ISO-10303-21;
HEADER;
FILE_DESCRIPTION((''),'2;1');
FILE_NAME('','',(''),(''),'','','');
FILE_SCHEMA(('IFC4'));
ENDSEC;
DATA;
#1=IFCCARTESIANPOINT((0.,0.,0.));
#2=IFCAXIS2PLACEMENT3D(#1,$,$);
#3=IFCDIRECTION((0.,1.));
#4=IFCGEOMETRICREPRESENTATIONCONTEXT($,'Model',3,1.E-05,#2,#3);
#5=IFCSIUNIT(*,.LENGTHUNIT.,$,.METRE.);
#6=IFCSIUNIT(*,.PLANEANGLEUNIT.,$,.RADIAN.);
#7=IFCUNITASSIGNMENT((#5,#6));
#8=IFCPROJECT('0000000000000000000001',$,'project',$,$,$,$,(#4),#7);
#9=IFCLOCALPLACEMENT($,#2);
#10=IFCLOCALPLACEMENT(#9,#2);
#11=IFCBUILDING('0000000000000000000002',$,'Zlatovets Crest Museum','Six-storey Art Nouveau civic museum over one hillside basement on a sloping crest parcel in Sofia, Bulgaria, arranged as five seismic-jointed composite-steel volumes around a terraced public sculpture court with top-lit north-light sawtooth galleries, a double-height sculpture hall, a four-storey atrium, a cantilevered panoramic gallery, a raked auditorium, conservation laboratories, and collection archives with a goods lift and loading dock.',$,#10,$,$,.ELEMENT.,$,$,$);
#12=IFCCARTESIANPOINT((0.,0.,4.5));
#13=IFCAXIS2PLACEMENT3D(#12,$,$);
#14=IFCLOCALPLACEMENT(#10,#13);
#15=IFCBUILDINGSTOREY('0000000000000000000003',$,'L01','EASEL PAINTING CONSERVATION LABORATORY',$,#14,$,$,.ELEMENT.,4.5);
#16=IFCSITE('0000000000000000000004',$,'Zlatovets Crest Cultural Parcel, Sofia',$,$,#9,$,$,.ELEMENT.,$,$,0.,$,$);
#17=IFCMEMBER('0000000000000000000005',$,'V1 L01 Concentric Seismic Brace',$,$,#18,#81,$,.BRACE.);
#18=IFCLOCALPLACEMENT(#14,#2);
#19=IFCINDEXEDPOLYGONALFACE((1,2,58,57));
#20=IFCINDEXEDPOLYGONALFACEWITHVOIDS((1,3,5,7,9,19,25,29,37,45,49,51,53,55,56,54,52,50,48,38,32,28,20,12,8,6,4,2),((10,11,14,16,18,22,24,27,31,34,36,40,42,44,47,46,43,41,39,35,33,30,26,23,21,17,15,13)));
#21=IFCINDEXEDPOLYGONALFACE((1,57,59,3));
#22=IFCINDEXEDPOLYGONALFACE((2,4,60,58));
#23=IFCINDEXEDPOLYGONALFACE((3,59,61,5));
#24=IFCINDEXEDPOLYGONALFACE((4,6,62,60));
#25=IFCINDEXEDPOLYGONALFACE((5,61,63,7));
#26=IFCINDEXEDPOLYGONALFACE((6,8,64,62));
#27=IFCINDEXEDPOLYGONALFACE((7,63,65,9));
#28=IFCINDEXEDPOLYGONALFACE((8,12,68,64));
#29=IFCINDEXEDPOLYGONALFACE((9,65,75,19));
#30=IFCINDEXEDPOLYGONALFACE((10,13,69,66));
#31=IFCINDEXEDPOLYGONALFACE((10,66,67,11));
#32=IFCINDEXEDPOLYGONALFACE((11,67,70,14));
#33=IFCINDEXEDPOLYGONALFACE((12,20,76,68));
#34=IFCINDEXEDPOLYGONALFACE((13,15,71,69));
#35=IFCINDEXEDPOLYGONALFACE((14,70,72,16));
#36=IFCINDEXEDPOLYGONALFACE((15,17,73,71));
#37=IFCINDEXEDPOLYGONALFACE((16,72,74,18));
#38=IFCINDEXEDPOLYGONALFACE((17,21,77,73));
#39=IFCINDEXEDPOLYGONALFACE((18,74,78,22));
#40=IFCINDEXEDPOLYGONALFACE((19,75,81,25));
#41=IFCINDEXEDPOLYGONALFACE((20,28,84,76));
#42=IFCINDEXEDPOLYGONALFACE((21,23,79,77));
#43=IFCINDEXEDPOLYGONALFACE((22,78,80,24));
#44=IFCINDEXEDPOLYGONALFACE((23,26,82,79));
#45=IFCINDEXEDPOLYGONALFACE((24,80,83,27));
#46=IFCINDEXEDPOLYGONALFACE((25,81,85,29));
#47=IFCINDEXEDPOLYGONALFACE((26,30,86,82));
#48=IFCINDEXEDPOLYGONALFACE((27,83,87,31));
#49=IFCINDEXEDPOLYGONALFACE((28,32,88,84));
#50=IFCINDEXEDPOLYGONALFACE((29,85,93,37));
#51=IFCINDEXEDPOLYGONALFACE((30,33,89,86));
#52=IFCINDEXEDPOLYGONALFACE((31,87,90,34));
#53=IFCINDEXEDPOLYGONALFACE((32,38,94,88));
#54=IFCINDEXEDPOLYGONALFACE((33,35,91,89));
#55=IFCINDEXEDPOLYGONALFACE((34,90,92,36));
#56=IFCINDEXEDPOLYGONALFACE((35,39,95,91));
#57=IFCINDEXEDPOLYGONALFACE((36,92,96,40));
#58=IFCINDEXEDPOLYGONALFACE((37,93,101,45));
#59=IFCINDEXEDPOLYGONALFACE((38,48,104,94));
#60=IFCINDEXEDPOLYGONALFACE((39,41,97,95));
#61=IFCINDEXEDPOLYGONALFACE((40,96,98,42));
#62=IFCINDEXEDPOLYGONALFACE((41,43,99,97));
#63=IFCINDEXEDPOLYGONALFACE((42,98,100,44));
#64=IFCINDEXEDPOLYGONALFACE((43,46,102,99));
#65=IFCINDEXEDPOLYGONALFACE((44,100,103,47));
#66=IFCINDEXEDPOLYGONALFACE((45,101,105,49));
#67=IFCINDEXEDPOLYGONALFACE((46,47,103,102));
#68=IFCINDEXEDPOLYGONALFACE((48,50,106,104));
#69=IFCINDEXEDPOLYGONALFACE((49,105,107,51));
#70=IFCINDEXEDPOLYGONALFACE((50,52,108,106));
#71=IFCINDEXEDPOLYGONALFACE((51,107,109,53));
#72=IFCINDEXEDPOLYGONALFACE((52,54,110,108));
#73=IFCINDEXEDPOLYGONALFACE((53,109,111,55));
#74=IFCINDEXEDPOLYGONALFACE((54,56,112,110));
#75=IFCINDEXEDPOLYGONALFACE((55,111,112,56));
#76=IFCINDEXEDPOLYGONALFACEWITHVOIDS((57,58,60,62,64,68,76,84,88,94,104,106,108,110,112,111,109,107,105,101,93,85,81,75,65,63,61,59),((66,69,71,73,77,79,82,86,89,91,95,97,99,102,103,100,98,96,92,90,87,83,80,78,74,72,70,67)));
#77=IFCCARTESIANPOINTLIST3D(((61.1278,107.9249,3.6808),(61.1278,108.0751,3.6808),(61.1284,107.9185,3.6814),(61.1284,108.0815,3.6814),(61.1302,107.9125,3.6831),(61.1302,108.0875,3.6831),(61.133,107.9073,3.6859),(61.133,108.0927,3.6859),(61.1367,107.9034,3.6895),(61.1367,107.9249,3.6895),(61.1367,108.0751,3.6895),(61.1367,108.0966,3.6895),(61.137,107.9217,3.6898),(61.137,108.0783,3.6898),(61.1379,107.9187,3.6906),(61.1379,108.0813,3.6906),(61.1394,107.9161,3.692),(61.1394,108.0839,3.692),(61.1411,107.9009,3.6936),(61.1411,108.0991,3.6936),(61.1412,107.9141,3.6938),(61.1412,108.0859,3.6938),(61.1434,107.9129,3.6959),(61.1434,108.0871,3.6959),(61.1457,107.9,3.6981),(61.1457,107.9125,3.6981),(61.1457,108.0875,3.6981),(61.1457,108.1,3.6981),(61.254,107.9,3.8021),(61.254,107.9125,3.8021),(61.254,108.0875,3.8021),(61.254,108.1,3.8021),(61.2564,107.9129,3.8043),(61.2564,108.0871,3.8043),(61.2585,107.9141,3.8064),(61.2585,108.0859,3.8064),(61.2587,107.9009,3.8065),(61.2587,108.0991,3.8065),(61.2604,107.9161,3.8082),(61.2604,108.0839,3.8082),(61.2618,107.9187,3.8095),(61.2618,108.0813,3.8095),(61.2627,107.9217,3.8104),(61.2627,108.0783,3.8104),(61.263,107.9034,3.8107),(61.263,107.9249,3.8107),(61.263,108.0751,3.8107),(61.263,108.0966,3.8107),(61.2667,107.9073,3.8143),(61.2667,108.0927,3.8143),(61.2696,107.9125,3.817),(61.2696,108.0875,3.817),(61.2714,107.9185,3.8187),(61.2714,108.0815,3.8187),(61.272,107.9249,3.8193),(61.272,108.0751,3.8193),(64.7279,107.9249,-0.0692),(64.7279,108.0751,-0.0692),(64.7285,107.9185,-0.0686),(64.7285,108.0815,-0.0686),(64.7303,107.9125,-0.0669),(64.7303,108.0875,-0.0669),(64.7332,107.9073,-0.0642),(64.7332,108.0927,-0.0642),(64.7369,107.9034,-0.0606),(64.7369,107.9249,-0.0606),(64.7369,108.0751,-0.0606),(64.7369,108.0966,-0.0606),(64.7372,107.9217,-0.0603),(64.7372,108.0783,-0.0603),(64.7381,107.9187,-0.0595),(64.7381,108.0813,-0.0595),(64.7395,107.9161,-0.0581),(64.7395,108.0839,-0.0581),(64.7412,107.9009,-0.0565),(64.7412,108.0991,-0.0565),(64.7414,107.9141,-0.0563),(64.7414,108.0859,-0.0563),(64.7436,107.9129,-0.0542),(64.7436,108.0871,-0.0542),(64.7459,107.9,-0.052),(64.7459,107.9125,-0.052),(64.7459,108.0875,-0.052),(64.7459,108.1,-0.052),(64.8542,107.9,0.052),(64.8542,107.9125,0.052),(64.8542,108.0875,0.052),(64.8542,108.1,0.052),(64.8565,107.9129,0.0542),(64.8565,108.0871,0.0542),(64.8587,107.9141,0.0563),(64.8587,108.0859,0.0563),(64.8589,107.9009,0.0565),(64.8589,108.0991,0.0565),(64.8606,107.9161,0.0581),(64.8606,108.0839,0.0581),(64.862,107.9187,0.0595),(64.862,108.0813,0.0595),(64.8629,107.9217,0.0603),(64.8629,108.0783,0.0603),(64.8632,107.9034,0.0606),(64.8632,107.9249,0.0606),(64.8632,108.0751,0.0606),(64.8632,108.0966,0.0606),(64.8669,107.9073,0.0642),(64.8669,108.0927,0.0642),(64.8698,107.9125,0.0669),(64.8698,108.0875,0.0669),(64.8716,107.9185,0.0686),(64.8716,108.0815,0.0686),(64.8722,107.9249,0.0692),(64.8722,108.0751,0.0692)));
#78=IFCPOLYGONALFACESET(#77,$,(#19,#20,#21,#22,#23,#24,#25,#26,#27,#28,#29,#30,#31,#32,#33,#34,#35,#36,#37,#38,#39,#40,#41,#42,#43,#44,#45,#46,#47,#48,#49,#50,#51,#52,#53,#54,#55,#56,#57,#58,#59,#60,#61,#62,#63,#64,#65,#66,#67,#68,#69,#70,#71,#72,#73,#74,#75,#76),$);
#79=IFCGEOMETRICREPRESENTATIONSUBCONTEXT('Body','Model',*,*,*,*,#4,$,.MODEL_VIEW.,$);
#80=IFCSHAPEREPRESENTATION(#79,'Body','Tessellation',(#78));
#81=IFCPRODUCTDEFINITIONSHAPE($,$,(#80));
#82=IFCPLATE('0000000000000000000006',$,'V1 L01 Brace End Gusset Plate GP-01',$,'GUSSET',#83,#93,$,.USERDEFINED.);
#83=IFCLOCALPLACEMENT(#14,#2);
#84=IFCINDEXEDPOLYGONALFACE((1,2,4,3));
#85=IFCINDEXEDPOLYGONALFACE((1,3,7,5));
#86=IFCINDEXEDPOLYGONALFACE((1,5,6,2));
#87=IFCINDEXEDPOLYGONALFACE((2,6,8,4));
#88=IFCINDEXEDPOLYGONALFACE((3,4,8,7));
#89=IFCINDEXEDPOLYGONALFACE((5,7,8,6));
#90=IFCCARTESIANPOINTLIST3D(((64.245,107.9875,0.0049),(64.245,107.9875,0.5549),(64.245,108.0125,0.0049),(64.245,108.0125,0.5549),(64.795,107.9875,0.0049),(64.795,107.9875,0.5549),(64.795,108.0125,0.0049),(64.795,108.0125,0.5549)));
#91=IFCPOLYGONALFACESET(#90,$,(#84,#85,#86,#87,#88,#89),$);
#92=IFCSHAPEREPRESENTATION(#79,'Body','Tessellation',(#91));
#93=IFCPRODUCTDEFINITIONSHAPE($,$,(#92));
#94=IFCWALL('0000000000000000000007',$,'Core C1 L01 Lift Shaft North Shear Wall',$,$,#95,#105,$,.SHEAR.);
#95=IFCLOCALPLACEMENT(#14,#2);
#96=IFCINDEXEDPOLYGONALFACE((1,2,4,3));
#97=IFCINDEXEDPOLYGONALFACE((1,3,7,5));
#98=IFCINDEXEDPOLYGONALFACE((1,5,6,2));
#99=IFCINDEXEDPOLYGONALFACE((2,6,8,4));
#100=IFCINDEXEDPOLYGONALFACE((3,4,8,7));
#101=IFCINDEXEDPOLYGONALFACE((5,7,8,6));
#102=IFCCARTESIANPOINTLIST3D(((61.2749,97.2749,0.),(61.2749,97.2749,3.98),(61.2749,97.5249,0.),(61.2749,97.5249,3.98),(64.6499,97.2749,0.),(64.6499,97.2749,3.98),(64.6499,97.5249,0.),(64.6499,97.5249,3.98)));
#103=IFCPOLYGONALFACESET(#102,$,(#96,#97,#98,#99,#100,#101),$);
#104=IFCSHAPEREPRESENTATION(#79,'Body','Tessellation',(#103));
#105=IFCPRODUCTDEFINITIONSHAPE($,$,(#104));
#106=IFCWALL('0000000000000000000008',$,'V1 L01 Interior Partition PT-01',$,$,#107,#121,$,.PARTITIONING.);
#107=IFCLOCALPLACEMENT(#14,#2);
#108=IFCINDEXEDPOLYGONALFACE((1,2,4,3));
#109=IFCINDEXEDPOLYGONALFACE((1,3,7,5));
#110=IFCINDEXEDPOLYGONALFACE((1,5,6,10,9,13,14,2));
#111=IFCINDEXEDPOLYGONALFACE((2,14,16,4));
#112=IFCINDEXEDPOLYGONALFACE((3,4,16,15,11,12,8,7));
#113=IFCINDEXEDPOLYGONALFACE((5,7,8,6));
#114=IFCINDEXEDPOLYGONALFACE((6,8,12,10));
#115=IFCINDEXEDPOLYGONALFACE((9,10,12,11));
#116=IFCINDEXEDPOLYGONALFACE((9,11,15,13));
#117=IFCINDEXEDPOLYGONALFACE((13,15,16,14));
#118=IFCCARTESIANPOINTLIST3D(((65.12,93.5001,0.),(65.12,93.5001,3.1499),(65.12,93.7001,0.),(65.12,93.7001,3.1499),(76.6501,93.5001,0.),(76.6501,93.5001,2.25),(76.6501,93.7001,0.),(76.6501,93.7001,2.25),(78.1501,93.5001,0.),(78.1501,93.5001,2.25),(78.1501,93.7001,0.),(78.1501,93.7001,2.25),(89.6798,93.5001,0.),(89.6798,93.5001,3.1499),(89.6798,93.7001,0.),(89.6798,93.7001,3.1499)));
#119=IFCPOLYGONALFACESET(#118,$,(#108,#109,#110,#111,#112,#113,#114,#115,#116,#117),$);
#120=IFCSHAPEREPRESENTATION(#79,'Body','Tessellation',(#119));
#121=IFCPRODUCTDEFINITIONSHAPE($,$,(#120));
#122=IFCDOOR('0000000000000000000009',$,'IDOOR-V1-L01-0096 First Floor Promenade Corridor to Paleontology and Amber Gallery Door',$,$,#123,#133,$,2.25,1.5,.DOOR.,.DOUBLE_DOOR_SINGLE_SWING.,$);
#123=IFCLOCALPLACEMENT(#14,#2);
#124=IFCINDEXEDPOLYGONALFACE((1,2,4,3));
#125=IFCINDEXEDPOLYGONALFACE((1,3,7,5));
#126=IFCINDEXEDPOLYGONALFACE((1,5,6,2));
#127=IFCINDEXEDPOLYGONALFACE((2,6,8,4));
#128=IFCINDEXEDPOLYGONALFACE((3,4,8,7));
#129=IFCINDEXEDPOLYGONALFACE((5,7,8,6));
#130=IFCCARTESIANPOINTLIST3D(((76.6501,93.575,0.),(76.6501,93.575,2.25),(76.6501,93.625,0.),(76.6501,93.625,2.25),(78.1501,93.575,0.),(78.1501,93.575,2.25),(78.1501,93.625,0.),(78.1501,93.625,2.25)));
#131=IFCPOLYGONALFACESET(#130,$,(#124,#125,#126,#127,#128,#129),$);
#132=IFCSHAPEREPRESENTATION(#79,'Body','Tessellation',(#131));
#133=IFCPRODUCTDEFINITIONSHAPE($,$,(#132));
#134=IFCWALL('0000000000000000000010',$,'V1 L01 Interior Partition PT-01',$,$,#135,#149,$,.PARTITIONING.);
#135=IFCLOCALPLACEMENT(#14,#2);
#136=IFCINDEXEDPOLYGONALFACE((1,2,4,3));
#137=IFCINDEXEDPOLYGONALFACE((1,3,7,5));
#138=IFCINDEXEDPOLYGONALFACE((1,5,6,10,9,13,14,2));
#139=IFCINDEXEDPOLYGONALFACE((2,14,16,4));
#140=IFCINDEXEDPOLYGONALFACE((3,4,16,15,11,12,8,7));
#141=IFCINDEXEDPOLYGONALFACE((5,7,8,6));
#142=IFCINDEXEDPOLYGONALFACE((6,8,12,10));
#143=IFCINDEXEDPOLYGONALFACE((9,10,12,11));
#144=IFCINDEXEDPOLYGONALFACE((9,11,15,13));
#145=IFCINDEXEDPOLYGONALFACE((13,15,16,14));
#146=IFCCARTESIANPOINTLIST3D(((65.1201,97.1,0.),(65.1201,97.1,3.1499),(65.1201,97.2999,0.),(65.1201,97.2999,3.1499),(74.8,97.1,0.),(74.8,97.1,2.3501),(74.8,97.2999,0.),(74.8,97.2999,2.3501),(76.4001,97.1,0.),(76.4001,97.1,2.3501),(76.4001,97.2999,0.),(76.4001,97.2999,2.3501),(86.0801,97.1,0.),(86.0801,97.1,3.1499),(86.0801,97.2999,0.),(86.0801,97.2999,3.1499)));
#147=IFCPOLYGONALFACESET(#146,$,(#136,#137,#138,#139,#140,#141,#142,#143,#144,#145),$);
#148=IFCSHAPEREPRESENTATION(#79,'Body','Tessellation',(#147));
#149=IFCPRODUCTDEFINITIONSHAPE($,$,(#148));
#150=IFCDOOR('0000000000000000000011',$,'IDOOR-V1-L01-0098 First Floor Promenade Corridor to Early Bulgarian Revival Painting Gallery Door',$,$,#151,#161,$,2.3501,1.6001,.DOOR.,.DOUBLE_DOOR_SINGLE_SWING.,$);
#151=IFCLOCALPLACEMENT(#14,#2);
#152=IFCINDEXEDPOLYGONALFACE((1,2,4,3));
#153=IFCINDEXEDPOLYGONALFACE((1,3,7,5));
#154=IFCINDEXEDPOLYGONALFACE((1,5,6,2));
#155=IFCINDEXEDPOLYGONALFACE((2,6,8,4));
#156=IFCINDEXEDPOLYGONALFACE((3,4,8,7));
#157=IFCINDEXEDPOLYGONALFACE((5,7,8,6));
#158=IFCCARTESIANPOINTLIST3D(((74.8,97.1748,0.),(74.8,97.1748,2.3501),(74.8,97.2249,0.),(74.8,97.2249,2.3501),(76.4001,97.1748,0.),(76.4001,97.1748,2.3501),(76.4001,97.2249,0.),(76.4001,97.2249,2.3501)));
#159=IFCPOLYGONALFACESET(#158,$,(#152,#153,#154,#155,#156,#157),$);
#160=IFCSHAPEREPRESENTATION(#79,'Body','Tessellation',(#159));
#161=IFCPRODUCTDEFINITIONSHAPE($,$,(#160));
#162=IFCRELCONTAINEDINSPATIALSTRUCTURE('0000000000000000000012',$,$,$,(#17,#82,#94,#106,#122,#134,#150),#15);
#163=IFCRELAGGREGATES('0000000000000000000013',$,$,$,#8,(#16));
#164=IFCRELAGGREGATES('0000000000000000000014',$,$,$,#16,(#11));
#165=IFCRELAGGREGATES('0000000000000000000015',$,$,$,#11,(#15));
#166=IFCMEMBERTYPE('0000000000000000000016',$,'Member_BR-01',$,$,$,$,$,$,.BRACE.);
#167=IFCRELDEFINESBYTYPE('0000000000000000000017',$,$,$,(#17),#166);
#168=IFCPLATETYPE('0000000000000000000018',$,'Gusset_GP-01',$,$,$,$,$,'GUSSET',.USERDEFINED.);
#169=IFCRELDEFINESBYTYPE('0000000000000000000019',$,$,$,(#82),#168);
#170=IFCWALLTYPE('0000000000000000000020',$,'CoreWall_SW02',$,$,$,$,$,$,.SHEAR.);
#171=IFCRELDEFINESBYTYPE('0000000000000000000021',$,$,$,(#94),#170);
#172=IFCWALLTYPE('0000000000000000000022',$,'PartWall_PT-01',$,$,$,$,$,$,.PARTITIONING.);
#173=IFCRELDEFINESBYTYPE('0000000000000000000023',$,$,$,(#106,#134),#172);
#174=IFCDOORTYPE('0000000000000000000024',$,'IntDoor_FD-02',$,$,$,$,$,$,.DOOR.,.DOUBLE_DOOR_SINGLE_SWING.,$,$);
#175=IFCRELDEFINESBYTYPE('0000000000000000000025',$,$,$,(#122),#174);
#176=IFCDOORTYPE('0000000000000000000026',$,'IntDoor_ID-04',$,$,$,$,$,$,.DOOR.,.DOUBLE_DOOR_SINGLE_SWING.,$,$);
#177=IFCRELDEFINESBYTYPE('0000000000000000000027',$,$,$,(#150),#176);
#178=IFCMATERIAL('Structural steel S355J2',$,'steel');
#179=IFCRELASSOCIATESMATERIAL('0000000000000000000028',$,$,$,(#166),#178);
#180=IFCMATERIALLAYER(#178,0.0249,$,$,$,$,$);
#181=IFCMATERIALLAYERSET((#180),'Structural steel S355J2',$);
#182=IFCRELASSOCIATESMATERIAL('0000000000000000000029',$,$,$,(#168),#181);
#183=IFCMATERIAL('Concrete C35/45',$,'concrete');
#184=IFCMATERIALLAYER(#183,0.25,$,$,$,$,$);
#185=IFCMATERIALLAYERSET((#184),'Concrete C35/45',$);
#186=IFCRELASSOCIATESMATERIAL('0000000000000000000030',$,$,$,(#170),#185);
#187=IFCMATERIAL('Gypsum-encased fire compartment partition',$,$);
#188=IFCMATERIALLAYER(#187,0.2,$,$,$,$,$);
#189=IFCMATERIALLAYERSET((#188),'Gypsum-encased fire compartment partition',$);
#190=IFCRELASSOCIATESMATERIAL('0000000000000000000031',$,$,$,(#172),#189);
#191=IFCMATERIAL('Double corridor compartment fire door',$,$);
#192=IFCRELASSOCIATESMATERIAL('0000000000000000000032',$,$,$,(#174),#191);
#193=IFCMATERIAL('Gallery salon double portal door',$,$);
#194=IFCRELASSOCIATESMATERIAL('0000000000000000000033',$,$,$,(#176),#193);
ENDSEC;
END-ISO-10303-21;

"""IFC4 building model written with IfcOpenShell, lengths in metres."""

from ifc_helpers import new_model, si_unit, direction, frame, frame_2d, origin, origin_2d, place, context, subcontext, project, spatial, rectangle, hollow_rectangle, extrude, material, layer, layer_set, material_profile, profile_set, type_object, element, fill, save


model = new_model("IFC4")

# Units and contexts
model_context = context("Model", 3, precision=1e-05, world=origin(), true_north=direction((0.0, 1.0)))
body_context = subcontext(model_context, "Body", "Model", "MODEL_VIEW")
ifc_project = project(units=[si_unit("LENGTHUNIT", "METRE"), si_unit("PLANEANGLEUNIT", "RADIAN")], contexts=[model_context])

# Site, building, storey
site_placement = place(None, origin())
site = spatial("IfcSite", under=ifc_project, at=site_placement, Name="Zlatovets Crest Cultural Parcel, Sofia", CompositionType="ELEMENT", RefElevation=0.0)
building_placement = place(site_placement, origin())
building = spatial("IfcBuilding", under=site, at=building_placement, Name="Zlatovets Crest Museum", Description="Six-storey Art Nouveau civic museum over one hillside basement on a sloping crest parcel in Sofia, Bulgaria, arranged as five seismic-jointed composite-steel volumes around a terraced public sculpture court with top-lit north-light sawtooth galleries, a double-height sculpture hall, a four-storey atrium, a cantilevered panoramic gallery, a raked auditorium, conservation laboratories, and collection archives with a goods lift and loading dock.", CompositionType="ELEMENT")
storey_placement = place(building_placement, frame((0.0, 0.0, 4.5)))
storey = spatial("IfcBuildingStorey", under=building, at=storey_placement, Name="L01", Description="EASEL PAINTING CONSERVATION LABORATORY", CompositionType="ELEMENT", Elevation=4.5)

# Shared definitions
ifc_material_1 = material(Name="Structural steel S355J2", Category="steel")

# Member
ifc_material_profile_1 = material_profile(ifc_material_1, hollow_rectangle(XDim=0.2, YDim=0.2, WallThickness=0.0125, InnerFilletRadius=0.0125, OuterFilletRadius=0.0249, at=origin_2d()), Name="SHS 200x200x12.5")
ifc_profile_set_1 = profile_set([ifc_material_profile_1], Name="Structural steel S355J2")
member_type = type_object("IfcMemberType", Name="Member_BR-01", PredefinedType="BRACE", material=ifc_profile_set_1)
member_placement = place(storey_placement, frame((64.8, 108.0, 0.0), z_axis=(-0.692542, 0.0, 0.721378), x_axis=(0.0, -1.0, 0.0)))
element("IfcMember", 1, at=member_placement, inside=storey, type_object=member_type, Name="V1 L01 Concentric Seismic Brace", PredefinedType="BRACE", context=body_context, shape_type="SweptSolid", body=[
    extrude(hollow_rectangle(XDim=0.2, YDim=0.2, WallThickness=0.0125, InnerFilletRadius=0.0125, OuterFilletRadius=0.0249, at=origin_2d()), origin(), (0.0, 0.0, 1.0), 5.1985),
])

# Plate
ifc_layer_1 = layer(ifc_material_1, 0.0249)
ifc_layer_set_1 = layer_set([ifc_layer_1], Name="Structural steel S355J2")
plate_type = type_object("IfcPlateType", Name="Gusset_GP-01", ElementType="GUSSET", PredefinedType="USERDEFINED", material=ifc_layer_set_1)
plate_placement = place(storey_placement, frame((64.52, 108.0, 0.0049), z_axis=(0.0, 0.0, 1.0), x_axis=(1.0, 0.0, 0.0)))
element("IfcPlate", 2, at=plate_placement, inside=storey, type_object=plate_type, Name="V1 L01 Brace End Gusset Plate GP-01", ObjectType="GUSSET", PredefinedType="USERDEFINED", context=body_context, shape_type="SweptSolid", body=[
    extrude(rectangle(XDim=0.55, YDim=0.0249, at=origin_2d()), origin(), (0.0, 0.0, 1.0), 0.55),
])

# Shared definitions
ifc_material_2 = material(Name="Concrete C35/45", Category="concrete")

# Shared definitions
ifc_layer_2 = layer(ifc_material_2, 0.25)
ifc_layer_set_2 = layer_set([ifc_layer_2], Name="Concrete C35/45")
wall_type_1 = type_object("IfcWallType", Name="CoreWall_SW02", PredefinedType="SHEAR", material=ifc_layer_set_2)

# Wall
wall_1_placement = place(storey_placement, frame((61.2749, 97.3999, 0.0), z_axis=(0.0, 0.0, 1.0), x_axis=(1.0, 0.0, 0.0)))
element("IfcWall", 3, at=wall_1_placement, inside=storey, type_object=wall_type_1, Name="Core C1 L01 Lift Shaft North Shear Wall", PredefinedType="SHEAR", context=body_context, shape_type="SweptSolid", body=[
    extrude(rectangle(XDim=3.375, YDim=0.25, at=frame_2d((1.6875, 0.0))), origin(), (0.0, 0.0, 1.0), 3.98),
])

# Walls, openings, doors
ifc_material_3 = material(Name="Gypsum-encased fire compartment partition")
ifc_layer_3 = layer(ifc_material_3, 0.2)
ifc_layer_set_3 = layer_set([ifc_layer_3], Name="Gypsum-encased fire compartment partition")
wall_type_2 = type_object("IfcWallType", Name="PartWall_PT-01", PredefinedType="PARTITIONING", material=ifc_layer_set_3)
wall_2_placement = place(storey_placement, frame((65.1201, 93.6001, 0.0), z_axis=(0.0, 0.0, 1.0), x_axis=(1.0, 0.0, 0.0)))
wall_2 = element("IfcWall", 4, at=wall_2_placement, inside=storey, type_object=wall_type_2, Name="V1 L01 Interior Partition PT-01", PredefinedType="PARTITIONING", context=body_context, shape_type="SweptSolid", body=[
    extrude(rectangle(XDim=24.5598, YDim=0.2, at=frame_2d((12.2798, 0.0))), origin(), (0.0, 0.0, 1.0), 3.1499),
])
opening_1_placement = place(wall_2_placement, frame((11.53, 0.0, 0.0)))
opening_1 = element("IfcOpeningElement", 5, at=opening_1_placement, cuts=wall_2, PredefinedType="OPENING", context=body_context, shape_type="SweptSolid", body=[
    extrude(rectangle(XDim=1.5, YDim=2.25, at=frame_2d((0.75, 1.125))), frame((0.0, 0.1099, 0.0), z_axis=(0.0, -1.0, 0.0), x_axis=(1.0, 0.0, 0.0)), (0.0, 0.0, 1.0), 0.22),
])
ifc_material_4 = material(Name="Double corridor compartment fire door")
door_type_1 = type_object("IfcDoorType", Name="IntDoor_FD-02", OperationType="DOUBLE_DOOR_SINGLE_SWING", PredefinedType="DOOR", material=ifc_material_4)
door_1_placement = place(opening_1_placement, origin())
door_1 = element("IfcDoor", 6, at=door_1_placement, inside=storey, type_object=door_type_1, Name="IDOOR-V1-L01-0096 First Floor Promenade Corridor to Paleontology and Amber Gallery Door", OperationType="DOUBLE_DOOR_SINGLE_SWING", OverallHeight=2.25, OverallWidth=1.5, PredefinedType="DOOR", context=body_context, shape_type="SweptSolid", body=[
    extrude(rectangle(XDim=1.5, YDim=2.25, at=frame_2d((0.75, 1.125))), frame((0.0, 0.0249, 0.0), z_axis=(0.0, -1.0, 0.0), x_axis=(1.0, 0.0, 0.0)), (0.0, 0.0, 1.0), 0.05),
])
fill(opening_1, door_1)
wall_3_placement = place(storey_placement, frame((65.1201, 97.2, 0.0), z_axis=(0.0, 0.0, 1.0), x_axis=(1.0, 0.0, 0.0)))
wall_3 = element("IfcWall", 7, at=wall_3_placement, inside=storey, type_object=wall_type_2, Name="V1 L01 Interior Partition PT-01", PredefinedType="PARTITIONING", context=body_context, shape_type="SweptSolid", body=[
    extrude(rectangle(XDim=20.96, YDim=0.2, at=frame_2d((10.48, 0.0))), origin(), (0.0, 0.0, 1.0), 3.1499),
])
opening_2_placement = place(wall_3_placement, frame((9.6799, 0.0, 0.0)))
opening_2 = element("IfcOpeningElement", 8, at=opening_2_placement, cuts=wall_3, PredefinedType="OPENING", context=body_context, shape_type="SweptSolid", body=[
    extrude(rectangle(XDim=1.6001, YDim=2.3501, at=frame_2d((0.8, 1.175))), frame((0.0, 0.1099, 0.0), z_axis=(0.0, -1.0, 0.0), x_axis=(1.0, 0.0, 0.0)), (0.0, 0.0, 1.0), 0.22),
])
ifc_material_5 = material(Name="Gallery salon double portal door")
door_type_2 = type_object("IfcDoorType", Name="IntDoor_ID-04", OperationType="DOUBLE_DOOR_SINGLE_SWING", PredefinedType="DOOR", material=ifc_material_5)
door_2_placement = place(opening_2_placement, origin())
door_2 = element("IfcDoor", 9, at=door_2_placement, inside=storey, type_object=door_type_2, Name="IDOOR-V1-L01-0098 First Floor Promenade Corridor to Early Bulgarian Revival Painting Gallery Door", OperationType="DOUBLE_DOOR_SINGLE_SWING", OverallHeight=2.3501, OverallWidth=1.6001, PredefinedType="DOOR", context=body_context, shape_type="SweptSolid", body=[
    extrude(rectangle(XDim=1.6001, YDim=2.3501, at=frame_2d((0.8, 1.175))), frame((0.0, 0.0249, 0.0), z_axis=(0.0, -1.0, 0.0), x_axis=(1.0, 0.0, 0.0)), (0.0, 0.0, 1.0), 0.05),
])
fill(opening_2, door_2)

save(model, "model.ifc")
